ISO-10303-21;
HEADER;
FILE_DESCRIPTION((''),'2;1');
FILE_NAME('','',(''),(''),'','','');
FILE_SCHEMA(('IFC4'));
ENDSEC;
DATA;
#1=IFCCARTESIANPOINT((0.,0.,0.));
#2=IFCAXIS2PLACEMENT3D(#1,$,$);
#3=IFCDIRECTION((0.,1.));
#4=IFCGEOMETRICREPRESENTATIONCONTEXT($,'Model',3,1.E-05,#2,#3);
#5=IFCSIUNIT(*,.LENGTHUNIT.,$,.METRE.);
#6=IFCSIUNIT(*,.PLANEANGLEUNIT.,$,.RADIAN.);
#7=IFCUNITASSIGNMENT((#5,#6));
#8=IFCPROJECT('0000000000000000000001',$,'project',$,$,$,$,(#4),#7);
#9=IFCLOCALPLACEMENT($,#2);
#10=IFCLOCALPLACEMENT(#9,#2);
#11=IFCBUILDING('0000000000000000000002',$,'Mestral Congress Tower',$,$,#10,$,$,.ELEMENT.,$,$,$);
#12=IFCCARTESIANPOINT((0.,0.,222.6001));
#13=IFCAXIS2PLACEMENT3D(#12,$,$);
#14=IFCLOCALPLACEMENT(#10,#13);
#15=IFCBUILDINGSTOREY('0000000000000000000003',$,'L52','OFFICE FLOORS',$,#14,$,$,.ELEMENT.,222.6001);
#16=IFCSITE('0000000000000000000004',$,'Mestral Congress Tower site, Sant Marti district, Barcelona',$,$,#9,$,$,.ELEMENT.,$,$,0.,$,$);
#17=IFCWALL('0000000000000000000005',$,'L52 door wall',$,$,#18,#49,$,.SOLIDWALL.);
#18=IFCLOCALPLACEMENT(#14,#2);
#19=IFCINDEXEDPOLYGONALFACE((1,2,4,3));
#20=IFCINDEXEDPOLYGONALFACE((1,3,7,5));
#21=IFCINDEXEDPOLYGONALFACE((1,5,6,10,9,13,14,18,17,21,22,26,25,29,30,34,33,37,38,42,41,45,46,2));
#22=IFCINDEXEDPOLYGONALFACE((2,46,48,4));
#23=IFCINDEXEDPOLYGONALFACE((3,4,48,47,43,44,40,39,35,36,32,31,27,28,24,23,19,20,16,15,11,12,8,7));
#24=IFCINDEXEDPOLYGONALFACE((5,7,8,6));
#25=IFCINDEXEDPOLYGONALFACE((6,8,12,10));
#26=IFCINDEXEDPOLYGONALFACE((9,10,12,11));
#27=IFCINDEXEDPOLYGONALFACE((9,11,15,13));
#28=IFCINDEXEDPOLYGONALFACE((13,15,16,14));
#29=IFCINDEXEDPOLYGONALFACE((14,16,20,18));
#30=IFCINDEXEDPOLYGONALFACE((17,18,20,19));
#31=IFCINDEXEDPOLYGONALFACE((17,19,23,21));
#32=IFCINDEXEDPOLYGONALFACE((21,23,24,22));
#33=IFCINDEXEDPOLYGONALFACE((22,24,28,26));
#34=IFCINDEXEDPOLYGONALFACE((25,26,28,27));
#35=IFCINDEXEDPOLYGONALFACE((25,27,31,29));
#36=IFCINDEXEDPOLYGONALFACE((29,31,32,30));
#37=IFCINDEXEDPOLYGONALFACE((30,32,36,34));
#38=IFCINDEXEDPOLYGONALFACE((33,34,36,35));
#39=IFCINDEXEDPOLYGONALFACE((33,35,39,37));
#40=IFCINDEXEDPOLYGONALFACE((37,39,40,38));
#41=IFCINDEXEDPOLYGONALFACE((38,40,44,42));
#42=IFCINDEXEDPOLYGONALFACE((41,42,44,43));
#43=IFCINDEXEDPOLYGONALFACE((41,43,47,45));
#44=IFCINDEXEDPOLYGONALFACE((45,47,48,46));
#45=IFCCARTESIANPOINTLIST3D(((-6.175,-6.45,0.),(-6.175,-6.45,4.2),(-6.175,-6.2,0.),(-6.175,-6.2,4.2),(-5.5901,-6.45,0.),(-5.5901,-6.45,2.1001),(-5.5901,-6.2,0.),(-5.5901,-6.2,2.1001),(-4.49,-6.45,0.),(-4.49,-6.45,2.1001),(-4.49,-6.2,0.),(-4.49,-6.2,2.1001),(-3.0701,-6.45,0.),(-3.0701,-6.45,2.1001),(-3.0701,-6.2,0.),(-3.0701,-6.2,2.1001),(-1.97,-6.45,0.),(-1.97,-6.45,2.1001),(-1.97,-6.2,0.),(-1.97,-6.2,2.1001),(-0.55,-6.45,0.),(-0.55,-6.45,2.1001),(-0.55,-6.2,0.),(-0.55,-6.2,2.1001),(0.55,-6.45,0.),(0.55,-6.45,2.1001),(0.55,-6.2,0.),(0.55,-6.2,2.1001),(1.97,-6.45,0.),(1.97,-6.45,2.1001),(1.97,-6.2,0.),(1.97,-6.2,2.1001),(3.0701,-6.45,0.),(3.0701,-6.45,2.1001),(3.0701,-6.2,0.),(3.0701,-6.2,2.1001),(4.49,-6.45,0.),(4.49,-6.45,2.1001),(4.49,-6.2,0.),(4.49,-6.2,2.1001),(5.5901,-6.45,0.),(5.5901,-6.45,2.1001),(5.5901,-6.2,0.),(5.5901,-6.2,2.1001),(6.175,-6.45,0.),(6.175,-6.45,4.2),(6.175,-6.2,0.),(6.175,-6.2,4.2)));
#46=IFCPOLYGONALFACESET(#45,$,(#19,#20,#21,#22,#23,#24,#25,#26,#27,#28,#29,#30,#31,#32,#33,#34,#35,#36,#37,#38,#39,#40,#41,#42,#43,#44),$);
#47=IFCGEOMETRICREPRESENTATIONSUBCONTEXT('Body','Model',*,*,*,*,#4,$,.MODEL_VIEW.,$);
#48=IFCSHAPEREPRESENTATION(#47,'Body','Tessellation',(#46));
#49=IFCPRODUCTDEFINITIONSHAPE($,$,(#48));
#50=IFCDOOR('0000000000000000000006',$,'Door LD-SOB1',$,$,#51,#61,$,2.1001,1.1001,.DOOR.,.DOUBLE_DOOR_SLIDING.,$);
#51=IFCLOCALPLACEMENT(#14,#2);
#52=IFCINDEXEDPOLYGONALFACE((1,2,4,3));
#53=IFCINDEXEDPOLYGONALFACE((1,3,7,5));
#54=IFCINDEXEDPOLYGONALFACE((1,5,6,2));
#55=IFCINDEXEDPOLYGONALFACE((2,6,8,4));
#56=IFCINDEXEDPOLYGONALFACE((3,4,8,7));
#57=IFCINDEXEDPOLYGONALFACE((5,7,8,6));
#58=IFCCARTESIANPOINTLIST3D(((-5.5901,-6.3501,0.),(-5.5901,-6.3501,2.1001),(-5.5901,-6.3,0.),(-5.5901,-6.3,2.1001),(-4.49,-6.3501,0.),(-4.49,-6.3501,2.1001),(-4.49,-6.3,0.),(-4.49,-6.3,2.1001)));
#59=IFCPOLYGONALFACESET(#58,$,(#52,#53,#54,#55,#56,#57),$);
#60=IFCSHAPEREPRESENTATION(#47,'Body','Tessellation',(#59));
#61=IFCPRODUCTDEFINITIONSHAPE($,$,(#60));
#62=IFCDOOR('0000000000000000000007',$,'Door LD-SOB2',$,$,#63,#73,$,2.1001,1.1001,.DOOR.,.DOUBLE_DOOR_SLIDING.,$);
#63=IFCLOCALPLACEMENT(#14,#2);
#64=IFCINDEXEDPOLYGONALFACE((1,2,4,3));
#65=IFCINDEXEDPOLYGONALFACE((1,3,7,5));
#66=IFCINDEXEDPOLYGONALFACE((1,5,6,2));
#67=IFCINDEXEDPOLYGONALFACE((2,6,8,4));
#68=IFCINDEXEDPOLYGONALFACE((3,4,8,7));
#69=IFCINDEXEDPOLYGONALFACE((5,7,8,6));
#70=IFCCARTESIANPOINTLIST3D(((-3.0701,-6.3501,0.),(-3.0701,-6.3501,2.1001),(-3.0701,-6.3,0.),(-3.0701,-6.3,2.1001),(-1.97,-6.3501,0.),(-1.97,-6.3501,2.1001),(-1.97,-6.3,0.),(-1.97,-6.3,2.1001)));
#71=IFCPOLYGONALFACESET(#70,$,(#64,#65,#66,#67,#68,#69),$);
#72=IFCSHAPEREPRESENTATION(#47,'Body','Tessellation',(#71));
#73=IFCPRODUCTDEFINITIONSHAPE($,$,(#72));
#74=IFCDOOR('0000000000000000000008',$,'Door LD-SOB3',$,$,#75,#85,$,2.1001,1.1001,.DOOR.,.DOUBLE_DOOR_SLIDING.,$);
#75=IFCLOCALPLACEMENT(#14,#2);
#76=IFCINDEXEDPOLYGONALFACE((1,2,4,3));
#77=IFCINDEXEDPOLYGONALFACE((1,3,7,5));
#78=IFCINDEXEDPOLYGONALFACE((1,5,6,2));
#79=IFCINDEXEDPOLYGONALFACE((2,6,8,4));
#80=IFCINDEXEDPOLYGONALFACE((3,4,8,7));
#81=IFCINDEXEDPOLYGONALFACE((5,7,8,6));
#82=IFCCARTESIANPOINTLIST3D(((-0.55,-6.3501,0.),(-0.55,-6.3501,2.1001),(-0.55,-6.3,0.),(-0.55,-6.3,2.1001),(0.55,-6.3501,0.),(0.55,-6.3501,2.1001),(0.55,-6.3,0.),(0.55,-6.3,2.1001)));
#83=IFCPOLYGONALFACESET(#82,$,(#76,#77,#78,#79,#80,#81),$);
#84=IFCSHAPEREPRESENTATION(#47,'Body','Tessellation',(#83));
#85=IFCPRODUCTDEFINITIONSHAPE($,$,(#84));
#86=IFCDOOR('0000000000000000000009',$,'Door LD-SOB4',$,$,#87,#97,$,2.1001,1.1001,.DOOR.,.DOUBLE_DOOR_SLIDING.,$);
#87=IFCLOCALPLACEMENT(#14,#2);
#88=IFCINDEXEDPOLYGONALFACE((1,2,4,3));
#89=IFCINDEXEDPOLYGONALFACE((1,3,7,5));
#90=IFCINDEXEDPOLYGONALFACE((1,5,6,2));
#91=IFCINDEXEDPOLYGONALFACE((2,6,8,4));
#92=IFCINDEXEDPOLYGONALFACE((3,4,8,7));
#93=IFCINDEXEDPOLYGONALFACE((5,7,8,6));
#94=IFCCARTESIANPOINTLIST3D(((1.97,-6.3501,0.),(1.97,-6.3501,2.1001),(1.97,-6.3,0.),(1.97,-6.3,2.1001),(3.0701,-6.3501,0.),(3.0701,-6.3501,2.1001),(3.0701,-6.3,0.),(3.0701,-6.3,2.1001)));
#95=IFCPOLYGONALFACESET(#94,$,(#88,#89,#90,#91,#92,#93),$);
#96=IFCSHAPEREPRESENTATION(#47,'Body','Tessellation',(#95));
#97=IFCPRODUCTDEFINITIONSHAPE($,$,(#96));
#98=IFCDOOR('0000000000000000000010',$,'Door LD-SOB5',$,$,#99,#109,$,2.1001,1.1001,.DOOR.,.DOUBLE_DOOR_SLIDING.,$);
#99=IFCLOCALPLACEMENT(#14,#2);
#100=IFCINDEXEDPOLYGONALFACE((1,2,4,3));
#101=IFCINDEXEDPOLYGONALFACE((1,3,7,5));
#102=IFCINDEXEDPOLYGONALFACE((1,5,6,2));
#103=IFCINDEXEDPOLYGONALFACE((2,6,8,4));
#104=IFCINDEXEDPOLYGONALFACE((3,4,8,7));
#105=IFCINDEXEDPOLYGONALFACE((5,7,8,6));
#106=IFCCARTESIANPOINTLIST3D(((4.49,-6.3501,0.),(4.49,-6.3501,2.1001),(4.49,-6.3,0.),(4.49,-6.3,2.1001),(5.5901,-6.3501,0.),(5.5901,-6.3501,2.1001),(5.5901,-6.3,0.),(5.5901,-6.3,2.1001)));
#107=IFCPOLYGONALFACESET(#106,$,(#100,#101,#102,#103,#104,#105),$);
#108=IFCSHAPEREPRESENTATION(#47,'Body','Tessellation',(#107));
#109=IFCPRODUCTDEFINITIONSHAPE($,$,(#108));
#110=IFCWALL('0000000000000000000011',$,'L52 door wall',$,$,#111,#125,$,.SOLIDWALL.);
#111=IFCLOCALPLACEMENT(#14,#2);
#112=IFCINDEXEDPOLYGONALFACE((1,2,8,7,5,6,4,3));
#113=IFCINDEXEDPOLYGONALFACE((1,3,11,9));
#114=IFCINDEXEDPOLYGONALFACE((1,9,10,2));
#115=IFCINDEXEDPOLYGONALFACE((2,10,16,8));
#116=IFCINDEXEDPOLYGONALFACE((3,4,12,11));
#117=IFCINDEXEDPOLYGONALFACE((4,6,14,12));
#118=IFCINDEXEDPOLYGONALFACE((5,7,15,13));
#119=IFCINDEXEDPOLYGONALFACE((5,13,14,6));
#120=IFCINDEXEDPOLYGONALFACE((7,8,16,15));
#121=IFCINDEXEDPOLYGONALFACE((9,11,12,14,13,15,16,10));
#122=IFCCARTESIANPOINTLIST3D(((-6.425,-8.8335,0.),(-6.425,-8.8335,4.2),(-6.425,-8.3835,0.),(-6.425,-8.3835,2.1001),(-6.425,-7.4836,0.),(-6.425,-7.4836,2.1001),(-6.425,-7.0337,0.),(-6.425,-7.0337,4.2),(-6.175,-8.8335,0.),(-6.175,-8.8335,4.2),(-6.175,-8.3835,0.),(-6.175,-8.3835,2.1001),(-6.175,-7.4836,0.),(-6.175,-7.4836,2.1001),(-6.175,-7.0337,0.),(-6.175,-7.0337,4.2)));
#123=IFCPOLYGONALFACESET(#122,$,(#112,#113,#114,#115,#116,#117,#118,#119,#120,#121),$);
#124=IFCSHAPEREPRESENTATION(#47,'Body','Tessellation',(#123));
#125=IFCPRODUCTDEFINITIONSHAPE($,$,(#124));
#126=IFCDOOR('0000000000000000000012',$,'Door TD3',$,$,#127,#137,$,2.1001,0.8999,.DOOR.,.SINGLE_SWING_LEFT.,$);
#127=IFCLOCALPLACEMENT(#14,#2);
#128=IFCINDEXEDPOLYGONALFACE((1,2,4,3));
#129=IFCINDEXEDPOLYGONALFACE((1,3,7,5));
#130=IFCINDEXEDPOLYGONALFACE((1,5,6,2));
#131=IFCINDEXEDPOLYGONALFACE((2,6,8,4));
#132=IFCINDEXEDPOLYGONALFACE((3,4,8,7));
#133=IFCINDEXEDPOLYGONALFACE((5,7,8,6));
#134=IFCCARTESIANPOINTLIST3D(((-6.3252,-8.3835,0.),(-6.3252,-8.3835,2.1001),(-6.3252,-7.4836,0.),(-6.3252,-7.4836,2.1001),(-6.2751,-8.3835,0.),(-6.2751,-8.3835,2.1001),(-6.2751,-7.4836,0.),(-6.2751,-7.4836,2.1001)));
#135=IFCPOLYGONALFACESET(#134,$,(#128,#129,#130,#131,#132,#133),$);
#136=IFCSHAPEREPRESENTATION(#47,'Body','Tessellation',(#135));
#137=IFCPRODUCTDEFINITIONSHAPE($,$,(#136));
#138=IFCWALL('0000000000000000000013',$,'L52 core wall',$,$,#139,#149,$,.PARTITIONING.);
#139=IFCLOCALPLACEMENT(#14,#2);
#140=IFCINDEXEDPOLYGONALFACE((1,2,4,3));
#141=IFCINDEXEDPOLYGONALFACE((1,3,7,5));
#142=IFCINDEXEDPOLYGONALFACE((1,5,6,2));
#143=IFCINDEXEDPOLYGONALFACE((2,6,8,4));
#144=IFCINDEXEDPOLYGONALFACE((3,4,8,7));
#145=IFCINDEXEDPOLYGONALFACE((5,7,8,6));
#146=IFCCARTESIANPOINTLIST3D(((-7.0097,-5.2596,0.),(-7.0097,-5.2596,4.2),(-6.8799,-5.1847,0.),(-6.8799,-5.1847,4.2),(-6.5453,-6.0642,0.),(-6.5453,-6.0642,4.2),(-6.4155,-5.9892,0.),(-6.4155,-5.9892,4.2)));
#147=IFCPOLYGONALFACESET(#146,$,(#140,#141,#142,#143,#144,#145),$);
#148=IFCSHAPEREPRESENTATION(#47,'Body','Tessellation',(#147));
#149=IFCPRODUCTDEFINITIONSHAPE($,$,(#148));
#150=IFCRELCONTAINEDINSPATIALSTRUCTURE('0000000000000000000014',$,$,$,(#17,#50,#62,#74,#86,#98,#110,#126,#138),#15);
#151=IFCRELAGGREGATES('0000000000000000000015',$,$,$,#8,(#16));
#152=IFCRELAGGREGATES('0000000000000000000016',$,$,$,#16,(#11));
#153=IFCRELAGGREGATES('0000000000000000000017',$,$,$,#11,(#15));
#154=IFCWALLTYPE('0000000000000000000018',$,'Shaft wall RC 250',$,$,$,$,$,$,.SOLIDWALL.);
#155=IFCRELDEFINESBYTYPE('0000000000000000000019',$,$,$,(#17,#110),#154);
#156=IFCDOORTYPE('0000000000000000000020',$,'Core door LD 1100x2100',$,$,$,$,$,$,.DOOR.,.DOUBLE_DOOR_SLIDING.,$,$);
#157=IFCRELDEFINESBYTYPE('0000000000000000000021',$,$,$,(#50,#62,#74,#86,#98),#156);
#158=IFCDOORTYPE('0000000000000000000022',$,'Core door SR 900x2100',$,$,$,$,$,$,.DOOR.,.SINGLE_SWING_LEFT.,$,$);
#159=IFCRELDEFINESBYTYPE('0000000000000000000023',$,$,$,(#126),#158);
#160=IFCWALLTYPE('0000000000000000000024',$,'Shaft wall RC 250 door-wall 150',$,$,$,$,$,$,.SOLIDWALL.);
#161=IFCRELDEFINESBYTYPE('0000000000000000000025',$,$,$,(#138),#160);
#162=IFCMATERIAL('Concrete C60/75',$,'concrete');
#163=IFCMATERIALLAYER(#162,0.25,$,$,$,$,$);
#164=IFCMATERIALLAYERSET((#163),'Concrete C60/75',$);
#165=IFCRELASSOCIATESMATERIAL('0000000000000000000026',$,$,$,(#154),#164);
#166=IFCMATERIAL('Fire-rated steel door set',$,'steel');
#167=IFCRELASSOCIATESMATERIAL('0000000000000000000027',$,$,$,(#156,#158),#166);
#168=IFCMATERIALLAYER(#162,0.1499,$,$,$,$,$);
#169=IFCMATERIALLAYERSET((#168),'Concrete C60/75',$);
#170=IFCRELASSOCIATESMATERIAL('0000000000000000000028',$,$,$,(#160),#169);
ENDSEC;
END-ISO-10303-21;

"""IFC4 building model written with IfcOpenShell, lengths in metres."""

from ifc_helpers import new_model, si_unit, direction, frame, frame_2d, origin, place, context, subcontext, project, spatial, rectangle, extrude, material, layer, layer_set, type_object, element, fill, save


model = new_model("IFC4")

# Units and contexts
model_context = context("Model", 3, precision=1e-05, world=origin(), true_north=direction((0.0, 1.0)))
body_context = subcontext(model_context, "Body", "Model", "MODEL_VIEW")
ifc_project = project(units=[si_unit("LENGTHUNIT", "METRE"), si_unit("PLANEANGLEUNIT", "RADIAN")], contexts=[model_context])

# Site, building, storey
site_placement = place(None, origin())
site = spatial("IfcSite", under=ifc_project, at=site_placement, Name="Mestral Congress Tower site, Sant Marti district, Barcelona", CompositionType="ELEMENT", RefElevation=0.0)
building_placement = place(site_placement, origin())
building = spatial("IfcBuilding", under=site, at=building_placement, Name="Mestral Congress Tower", CompositionType="ELEMENT")
storey_placement = place(building_placement, frame((0.0, 0.0, 222.6001)))
storey = spatial("IfcBuildingStorey", under=building, at=storey_placement, Name="L52", Description="OFFICE FLOORS", CompositionType="ELEMENT", Elevation=222.6001)

# Shared definitions
ifc_material_1 = material(Name="Concrete C60/75", Category="concrete")
ifc_layer_1 = layer(ifc_material_1, 0.25)
ifc_layer_set_1 = layer_set([ifc_layer_1], Name="Concrete C60/75")
wall_type_1 = type_object("IfcWallType", Name="Shaft wall RC 250", PredefinedType="SOLIDWALL", material=ifc_layer_set_1)

# Wall, openings, doors
wall_1_placement = place(storey_placement, frame((-6.175, -6.325, 0.0), z_axis=(0.0, 0.0, 1.0), x_axis=(1.0, 0.0, 0.0)))
wall_1 = element("IfcWall", 1, at=wall_1_placement, inside=storey, type_object=wall_type_1, Name="L52 door wall", PredefinedType="SOLIDWALL", context=body_context, shape_type="SweptSolid", body=[
    extrude(rectangle(XDim=12.3501, YDim=0.25, at=frame_2d((6.175, 0.0))), origin(), (0.0, 0.0, 1.0), 4.2),
])
opening_1_placement = place(wall_1_placement, frame((0.585, 0.0, 0.0)))
opening_1 = element("IfcOpeningElement", 2, at=opening_1_placement, cuts=wall_1, PredefinedType="OPENING", context=body_context, shape_type="SweptSolid", body=[
    extrude(rectangle(XDim=1.1001, YDim=2.1001, at=frame_2d((0.55, 1.05))), frame((0.0, 0.135, 0.0), z_axis=(0.0, -1.0, 0.0), x_axis=(1.0, 0.0, 0.0)), (0.0, 0.0, 1.0), 0.27),
])
opening_2_placement = place(wall_1_placement, frame((3.105, 0.0, 0.0)))
opening_2 = element("IfcOpeningElement", 3, at=opening_2_placement, cuts=wall_1, PredefinedType="OPENING", context=body_context, shape_type="SweptSolid", body=[
    extrude(rectangle(XDim=1.1001, YDim=2.1001, at=frame_2d((0.55, 1.05))), frame((0.0, 0.135, 0.0), z_axis=(0.0, -1.0, 0.0), x_axis=(1.0, 0.0, 0.0)), (0.0, 0.0, 1.0), 0.27),
])
opening_3_placement = place(wall_1_placement, frame((5.625, 0.0, 0.0)))
opening_3 = element("IfcOpeningElement", 4, at=opening_3_placement, cuts=wall_1, PredefinedType="OPENING", context=body_context, shape_type="SweptSolid", body=[
    extrude(rectangle(XDim=1.1001, YDim=2.1001, at=frame_2d((0.55, 1.05))), frame((0.0, 0.135, 0.0), z_axis=(0.0, -1.0, 0.0), x_axis=(1.0, 0.0, 0.0)), (0.0, 0.0, 1.0), 0.27),
])
opening_4_placement = place(wall_1_placement, frame((8.145, 0.0, 0.0)))
opening_4 = element("IfcOpeningElement", 5, at=opening_4_placement, cuts=wall_1, PredefinedType="OPENING", context=body_context, shape_type="SweptSolid", body=[
    extrude(rectangle(XDim=1.1001, YDim=2.1001, at=frame_2d((0.55, 1.05))), frame((0.0, 0.135, 0.0), z_axis=(0.0, -1.0, 0.0), x_axis=(1.0, 0.0, 0.0)), (0.0, 0.0, 1.0), 0.27),
])
opening_5_placement = place(wall_1_placement, frame((10.665, 0.0, 0.0)))
opening_5 = element("IfcOpeningElement", 6, at=opening_5_placement, cuts=wall_1, PredefinedType="OPENING", context=body_context, shape_type="SweptSolid", body=[
    extrude(rectangle(XDim=1.1001, YDim=2.1001, at=frame_2d((0.55, 1.05))), frame((0.0, 0.135, 0.0), z_axis=(0.0, -1.0, 0.0), x_axis=(1.0, 0.0, 0.0)), (0.0, 0.0, 1.0), 0.27),
])
ifc_material_2 = material(Name="Fire-rated steel door set", Category="steel")
door_type_1 = type_object("IfcDoorType", Name="Core door LD 1100x2100", OperationType="DOUBLE_DOOR_SLIDING", PredefinedType="DOOR", material=ifc_material_2)
door_1_placement = place(opening_1_placement, origin())
door_1 = element("IfcDoor", 7, at=door_1_placement, inside=storey, type_object=door_type_1, Name="Door LD-SOB1", OperationType="DOUBLE_DOOR_SLIDING", OverallHeight=2.1001, OverallWidth=1.1001, PredefinedType="DOOR", context=body_context, shape_type="SweptSolid", body=[
    extrude(rectangle(XDim=1.1001, YDim=2.1001, at=frame_2d((0.55, 1.05))), frame((0.0, 0.0249, 0.0), z_axis=(0.0, -1.0, 0.0), x_axis=(1.0, 0.0, 0.0)), (0.0, 0.0, 1.0), 0.05),
])
fill(opening_1, door_1)
door_2_placement = place(opening_2_placement, origin())
door_2 = element("IfcDoor", 8, at=door_2_placement, inside=storey, type_object=door_type_1, Name="Door LD-SOB2", OperationType="DOUBLE_DOOR_SLIDING", OverallHeight=2.1001, OverallWidth=1.1001, PredefinedType="DOOR", context=body_context, shape_type="SweptSolid", body=[
    extrude(rectangle(XDim=1.1001, YDim=2.1001, at=frame_2d((0.55, 1.05))), frame((0.0, 0.0249, 0.0), z_axis=(0.0, -1.0, 0.0), x_axis=(1.0, 0.0, 0.0)), (0.0, 0.0, 1.0), 0.05),
])
fill(opening_2, door_2)
door_3_placement = place(opening_3_placement, origin())
door_3 = element("IfcDoor", 9, at=door_3_placement, inside=storey, type_object=door_type_1, Name="Door LD-SOB3", OperationType="DOUBLE_DOOR_SLIDING", OverallHeight=2.1001, OverallWidth=1.1001, PredefinedType="DOOR", context=body_context, shape_type="SweptSolid", body=[
    extrude(rectangle(XDim=1.1001, YDim=2.1001, at=frame_2d((0.55, 1.05))), frame((0.0, 0.0249, 0.0), z_axis=(0.0, -1.0, 0.0), x_axis=(1.0, 0.0, 0.0)), (0.0, 0.0, 1.0), 0.05),
])
fill(opening_3, door_3)
door_4_placement = place(opening_4_placement, origin())
door_4 = element("IfcDoor", 10, at=door_4_placement, inside=storey, type_object=door_type_1, Name="Door LD-SOB4", OperationType="DOUBLE_DOOR_SLIDING", OverallHeight=2.1001, OverallWidth=1.1001, PredefinedType="DOOR", context=body_context, shape_type="SweptSolid", body=[
    extrude(rectangle(XDim=1.1001, YDim=2.1001, at=frame_2d((0.55, 1.05))), frame((0.0, 0.0249, 0.0), z_axis=(0.0, -1.0, 0.0), x_axis=(1.0, 0.0, 0.0)), (0.0, 0.0, 1.0), 0.05),
])
fill(opening_4, door_4)
door_5_placement = place(opening_5_placement, origin())
door_5 = element("IfcDoor", 11, at=door_5_placement, inside=storey, type_object=door_type_1, Name="Door LD-SOB5", OperationType="DOUBLE_DOOR_SLIDING", OverallHeight=2.1001, OverallWidth=1.1001, PredefinedType="DOOR", context=body_context, shape_type="SweptSolid", body=[
    extrude(rectangle(XDim=1.1001, YDim=2.1001, at=frame_2d((0.55, 1.05))), frame((0.0, 0.0249, 0.0), z_axis=(0.0, -1.0, 0.0), x_axis=(1.0, 0.0, 0.0)), (0.0, 0.0, 1.0), 0.05),
])
fill(opening_5, door_5)

# Wall, opening, door
wall_2_placement = place(storey_placement, frame((-6.3, -7.0337, 0.0), z_axis=(0.0, 0.0, 1.0), x_axis=(0.0, -1.0, 0.0)))
wall_2 = element("IfcWall", 12, at=wall_2_placement, inside=storey, type_object=wall_type_1, Name="L52 door wall", PredefinedType="SOLIDWALL", context=body_context, shape_type="SweptSolid", body=[
    extrude(rectangle(XDim=1.7998, YDim=0.25, at=frame_2d((0.8999, 0.0))), origin(), (0.0, 0.0, 1.0), 4.2),
])
opening_6_placement = place(wall_2_placement, frame((0.45, 0.0, 0.0)))
opening_6 = element("IfcOpeningElement", 13, at=opening_6_placement, cuts=wall_2, PredefinedType="OPENING", context=body_context, shape_type="SweptSolid", body=[
    extrude(rectangle(XDim=0.8999, YDim=2.1001, at=frame_2d((0.45, 1.05))), frame((0.0, 0.135, 0.0), z_axis=(0.0, -1.0, 0.0), x_axis=(1.0, 0.0, 0.0)), (0.0, 0.0, 1.0), 0.27),
])
door_type_2 = type_object("IfcDoorType", Name="Core door SR 900x2100", OperationType="SINGLE_SWING_LEFT", PredefinedType="DOOR", material=ifc_material_2)
door_6_placement = place(opening_6_placement, origin())
door_6 = element("IfcDoor", 14, at=door_6_placement, inside=storey, type_object=door_type_2, Name="Door TD3", OperationType="SINGLE_SWING_LEFT", OverallHeight=2.1001, OverallWidth=0.8999, PredefinedType="DOOR", context=body_context, shape_type="SweptSolid", body=[
    extrude(rectangle(XDim=0.8999, YDim=2.1001, at=frame_2d((0.45, 1.05))), frame((0.0, 0.0249, 0.0), z_axis=(0.0, -1.0, 0.0), x_axis=(1.0, 0.0, 0.0)), (0.0, 0.0, 1.0), 0.05),
])
fill(opening_6, door_6)

# Wall
ifc_layer_2 = layer(ifc_material_1, 0.1499)
ifc_layer_set_2 = layer_set([ifc_layer_2], Name="Concrete C60/75")
wall_type_2 = type_object("IfcWallType", Name="Shaft wall RC 250 door-wall 150", PredefinedType="SOLIDWALL", material=ifc_layer_set_2)
wall_3_placement = place(storey_placement, frame((-6.4805, -6.0266, 0.0), z_axis=(0.0, 0.0, 1.0), x_axis=(-0.499927, 0.866067, 0.0)))
element("IfcWall", 15, at=wall_3_placement, inside=storey, type_object=wall_type_2, Name="L52 core wall", PredefinedType="PARTITIONING", context=body_context, shape_type="SweptSolid", body=[
    extrude(rectangle(XDim=0.929, YDim=0.1499, at=frame_2d((0.4644, 0.0))), origin(), (0.0, 0.0, 1.0), 4.2),
])

save(model, "model.ifc")
